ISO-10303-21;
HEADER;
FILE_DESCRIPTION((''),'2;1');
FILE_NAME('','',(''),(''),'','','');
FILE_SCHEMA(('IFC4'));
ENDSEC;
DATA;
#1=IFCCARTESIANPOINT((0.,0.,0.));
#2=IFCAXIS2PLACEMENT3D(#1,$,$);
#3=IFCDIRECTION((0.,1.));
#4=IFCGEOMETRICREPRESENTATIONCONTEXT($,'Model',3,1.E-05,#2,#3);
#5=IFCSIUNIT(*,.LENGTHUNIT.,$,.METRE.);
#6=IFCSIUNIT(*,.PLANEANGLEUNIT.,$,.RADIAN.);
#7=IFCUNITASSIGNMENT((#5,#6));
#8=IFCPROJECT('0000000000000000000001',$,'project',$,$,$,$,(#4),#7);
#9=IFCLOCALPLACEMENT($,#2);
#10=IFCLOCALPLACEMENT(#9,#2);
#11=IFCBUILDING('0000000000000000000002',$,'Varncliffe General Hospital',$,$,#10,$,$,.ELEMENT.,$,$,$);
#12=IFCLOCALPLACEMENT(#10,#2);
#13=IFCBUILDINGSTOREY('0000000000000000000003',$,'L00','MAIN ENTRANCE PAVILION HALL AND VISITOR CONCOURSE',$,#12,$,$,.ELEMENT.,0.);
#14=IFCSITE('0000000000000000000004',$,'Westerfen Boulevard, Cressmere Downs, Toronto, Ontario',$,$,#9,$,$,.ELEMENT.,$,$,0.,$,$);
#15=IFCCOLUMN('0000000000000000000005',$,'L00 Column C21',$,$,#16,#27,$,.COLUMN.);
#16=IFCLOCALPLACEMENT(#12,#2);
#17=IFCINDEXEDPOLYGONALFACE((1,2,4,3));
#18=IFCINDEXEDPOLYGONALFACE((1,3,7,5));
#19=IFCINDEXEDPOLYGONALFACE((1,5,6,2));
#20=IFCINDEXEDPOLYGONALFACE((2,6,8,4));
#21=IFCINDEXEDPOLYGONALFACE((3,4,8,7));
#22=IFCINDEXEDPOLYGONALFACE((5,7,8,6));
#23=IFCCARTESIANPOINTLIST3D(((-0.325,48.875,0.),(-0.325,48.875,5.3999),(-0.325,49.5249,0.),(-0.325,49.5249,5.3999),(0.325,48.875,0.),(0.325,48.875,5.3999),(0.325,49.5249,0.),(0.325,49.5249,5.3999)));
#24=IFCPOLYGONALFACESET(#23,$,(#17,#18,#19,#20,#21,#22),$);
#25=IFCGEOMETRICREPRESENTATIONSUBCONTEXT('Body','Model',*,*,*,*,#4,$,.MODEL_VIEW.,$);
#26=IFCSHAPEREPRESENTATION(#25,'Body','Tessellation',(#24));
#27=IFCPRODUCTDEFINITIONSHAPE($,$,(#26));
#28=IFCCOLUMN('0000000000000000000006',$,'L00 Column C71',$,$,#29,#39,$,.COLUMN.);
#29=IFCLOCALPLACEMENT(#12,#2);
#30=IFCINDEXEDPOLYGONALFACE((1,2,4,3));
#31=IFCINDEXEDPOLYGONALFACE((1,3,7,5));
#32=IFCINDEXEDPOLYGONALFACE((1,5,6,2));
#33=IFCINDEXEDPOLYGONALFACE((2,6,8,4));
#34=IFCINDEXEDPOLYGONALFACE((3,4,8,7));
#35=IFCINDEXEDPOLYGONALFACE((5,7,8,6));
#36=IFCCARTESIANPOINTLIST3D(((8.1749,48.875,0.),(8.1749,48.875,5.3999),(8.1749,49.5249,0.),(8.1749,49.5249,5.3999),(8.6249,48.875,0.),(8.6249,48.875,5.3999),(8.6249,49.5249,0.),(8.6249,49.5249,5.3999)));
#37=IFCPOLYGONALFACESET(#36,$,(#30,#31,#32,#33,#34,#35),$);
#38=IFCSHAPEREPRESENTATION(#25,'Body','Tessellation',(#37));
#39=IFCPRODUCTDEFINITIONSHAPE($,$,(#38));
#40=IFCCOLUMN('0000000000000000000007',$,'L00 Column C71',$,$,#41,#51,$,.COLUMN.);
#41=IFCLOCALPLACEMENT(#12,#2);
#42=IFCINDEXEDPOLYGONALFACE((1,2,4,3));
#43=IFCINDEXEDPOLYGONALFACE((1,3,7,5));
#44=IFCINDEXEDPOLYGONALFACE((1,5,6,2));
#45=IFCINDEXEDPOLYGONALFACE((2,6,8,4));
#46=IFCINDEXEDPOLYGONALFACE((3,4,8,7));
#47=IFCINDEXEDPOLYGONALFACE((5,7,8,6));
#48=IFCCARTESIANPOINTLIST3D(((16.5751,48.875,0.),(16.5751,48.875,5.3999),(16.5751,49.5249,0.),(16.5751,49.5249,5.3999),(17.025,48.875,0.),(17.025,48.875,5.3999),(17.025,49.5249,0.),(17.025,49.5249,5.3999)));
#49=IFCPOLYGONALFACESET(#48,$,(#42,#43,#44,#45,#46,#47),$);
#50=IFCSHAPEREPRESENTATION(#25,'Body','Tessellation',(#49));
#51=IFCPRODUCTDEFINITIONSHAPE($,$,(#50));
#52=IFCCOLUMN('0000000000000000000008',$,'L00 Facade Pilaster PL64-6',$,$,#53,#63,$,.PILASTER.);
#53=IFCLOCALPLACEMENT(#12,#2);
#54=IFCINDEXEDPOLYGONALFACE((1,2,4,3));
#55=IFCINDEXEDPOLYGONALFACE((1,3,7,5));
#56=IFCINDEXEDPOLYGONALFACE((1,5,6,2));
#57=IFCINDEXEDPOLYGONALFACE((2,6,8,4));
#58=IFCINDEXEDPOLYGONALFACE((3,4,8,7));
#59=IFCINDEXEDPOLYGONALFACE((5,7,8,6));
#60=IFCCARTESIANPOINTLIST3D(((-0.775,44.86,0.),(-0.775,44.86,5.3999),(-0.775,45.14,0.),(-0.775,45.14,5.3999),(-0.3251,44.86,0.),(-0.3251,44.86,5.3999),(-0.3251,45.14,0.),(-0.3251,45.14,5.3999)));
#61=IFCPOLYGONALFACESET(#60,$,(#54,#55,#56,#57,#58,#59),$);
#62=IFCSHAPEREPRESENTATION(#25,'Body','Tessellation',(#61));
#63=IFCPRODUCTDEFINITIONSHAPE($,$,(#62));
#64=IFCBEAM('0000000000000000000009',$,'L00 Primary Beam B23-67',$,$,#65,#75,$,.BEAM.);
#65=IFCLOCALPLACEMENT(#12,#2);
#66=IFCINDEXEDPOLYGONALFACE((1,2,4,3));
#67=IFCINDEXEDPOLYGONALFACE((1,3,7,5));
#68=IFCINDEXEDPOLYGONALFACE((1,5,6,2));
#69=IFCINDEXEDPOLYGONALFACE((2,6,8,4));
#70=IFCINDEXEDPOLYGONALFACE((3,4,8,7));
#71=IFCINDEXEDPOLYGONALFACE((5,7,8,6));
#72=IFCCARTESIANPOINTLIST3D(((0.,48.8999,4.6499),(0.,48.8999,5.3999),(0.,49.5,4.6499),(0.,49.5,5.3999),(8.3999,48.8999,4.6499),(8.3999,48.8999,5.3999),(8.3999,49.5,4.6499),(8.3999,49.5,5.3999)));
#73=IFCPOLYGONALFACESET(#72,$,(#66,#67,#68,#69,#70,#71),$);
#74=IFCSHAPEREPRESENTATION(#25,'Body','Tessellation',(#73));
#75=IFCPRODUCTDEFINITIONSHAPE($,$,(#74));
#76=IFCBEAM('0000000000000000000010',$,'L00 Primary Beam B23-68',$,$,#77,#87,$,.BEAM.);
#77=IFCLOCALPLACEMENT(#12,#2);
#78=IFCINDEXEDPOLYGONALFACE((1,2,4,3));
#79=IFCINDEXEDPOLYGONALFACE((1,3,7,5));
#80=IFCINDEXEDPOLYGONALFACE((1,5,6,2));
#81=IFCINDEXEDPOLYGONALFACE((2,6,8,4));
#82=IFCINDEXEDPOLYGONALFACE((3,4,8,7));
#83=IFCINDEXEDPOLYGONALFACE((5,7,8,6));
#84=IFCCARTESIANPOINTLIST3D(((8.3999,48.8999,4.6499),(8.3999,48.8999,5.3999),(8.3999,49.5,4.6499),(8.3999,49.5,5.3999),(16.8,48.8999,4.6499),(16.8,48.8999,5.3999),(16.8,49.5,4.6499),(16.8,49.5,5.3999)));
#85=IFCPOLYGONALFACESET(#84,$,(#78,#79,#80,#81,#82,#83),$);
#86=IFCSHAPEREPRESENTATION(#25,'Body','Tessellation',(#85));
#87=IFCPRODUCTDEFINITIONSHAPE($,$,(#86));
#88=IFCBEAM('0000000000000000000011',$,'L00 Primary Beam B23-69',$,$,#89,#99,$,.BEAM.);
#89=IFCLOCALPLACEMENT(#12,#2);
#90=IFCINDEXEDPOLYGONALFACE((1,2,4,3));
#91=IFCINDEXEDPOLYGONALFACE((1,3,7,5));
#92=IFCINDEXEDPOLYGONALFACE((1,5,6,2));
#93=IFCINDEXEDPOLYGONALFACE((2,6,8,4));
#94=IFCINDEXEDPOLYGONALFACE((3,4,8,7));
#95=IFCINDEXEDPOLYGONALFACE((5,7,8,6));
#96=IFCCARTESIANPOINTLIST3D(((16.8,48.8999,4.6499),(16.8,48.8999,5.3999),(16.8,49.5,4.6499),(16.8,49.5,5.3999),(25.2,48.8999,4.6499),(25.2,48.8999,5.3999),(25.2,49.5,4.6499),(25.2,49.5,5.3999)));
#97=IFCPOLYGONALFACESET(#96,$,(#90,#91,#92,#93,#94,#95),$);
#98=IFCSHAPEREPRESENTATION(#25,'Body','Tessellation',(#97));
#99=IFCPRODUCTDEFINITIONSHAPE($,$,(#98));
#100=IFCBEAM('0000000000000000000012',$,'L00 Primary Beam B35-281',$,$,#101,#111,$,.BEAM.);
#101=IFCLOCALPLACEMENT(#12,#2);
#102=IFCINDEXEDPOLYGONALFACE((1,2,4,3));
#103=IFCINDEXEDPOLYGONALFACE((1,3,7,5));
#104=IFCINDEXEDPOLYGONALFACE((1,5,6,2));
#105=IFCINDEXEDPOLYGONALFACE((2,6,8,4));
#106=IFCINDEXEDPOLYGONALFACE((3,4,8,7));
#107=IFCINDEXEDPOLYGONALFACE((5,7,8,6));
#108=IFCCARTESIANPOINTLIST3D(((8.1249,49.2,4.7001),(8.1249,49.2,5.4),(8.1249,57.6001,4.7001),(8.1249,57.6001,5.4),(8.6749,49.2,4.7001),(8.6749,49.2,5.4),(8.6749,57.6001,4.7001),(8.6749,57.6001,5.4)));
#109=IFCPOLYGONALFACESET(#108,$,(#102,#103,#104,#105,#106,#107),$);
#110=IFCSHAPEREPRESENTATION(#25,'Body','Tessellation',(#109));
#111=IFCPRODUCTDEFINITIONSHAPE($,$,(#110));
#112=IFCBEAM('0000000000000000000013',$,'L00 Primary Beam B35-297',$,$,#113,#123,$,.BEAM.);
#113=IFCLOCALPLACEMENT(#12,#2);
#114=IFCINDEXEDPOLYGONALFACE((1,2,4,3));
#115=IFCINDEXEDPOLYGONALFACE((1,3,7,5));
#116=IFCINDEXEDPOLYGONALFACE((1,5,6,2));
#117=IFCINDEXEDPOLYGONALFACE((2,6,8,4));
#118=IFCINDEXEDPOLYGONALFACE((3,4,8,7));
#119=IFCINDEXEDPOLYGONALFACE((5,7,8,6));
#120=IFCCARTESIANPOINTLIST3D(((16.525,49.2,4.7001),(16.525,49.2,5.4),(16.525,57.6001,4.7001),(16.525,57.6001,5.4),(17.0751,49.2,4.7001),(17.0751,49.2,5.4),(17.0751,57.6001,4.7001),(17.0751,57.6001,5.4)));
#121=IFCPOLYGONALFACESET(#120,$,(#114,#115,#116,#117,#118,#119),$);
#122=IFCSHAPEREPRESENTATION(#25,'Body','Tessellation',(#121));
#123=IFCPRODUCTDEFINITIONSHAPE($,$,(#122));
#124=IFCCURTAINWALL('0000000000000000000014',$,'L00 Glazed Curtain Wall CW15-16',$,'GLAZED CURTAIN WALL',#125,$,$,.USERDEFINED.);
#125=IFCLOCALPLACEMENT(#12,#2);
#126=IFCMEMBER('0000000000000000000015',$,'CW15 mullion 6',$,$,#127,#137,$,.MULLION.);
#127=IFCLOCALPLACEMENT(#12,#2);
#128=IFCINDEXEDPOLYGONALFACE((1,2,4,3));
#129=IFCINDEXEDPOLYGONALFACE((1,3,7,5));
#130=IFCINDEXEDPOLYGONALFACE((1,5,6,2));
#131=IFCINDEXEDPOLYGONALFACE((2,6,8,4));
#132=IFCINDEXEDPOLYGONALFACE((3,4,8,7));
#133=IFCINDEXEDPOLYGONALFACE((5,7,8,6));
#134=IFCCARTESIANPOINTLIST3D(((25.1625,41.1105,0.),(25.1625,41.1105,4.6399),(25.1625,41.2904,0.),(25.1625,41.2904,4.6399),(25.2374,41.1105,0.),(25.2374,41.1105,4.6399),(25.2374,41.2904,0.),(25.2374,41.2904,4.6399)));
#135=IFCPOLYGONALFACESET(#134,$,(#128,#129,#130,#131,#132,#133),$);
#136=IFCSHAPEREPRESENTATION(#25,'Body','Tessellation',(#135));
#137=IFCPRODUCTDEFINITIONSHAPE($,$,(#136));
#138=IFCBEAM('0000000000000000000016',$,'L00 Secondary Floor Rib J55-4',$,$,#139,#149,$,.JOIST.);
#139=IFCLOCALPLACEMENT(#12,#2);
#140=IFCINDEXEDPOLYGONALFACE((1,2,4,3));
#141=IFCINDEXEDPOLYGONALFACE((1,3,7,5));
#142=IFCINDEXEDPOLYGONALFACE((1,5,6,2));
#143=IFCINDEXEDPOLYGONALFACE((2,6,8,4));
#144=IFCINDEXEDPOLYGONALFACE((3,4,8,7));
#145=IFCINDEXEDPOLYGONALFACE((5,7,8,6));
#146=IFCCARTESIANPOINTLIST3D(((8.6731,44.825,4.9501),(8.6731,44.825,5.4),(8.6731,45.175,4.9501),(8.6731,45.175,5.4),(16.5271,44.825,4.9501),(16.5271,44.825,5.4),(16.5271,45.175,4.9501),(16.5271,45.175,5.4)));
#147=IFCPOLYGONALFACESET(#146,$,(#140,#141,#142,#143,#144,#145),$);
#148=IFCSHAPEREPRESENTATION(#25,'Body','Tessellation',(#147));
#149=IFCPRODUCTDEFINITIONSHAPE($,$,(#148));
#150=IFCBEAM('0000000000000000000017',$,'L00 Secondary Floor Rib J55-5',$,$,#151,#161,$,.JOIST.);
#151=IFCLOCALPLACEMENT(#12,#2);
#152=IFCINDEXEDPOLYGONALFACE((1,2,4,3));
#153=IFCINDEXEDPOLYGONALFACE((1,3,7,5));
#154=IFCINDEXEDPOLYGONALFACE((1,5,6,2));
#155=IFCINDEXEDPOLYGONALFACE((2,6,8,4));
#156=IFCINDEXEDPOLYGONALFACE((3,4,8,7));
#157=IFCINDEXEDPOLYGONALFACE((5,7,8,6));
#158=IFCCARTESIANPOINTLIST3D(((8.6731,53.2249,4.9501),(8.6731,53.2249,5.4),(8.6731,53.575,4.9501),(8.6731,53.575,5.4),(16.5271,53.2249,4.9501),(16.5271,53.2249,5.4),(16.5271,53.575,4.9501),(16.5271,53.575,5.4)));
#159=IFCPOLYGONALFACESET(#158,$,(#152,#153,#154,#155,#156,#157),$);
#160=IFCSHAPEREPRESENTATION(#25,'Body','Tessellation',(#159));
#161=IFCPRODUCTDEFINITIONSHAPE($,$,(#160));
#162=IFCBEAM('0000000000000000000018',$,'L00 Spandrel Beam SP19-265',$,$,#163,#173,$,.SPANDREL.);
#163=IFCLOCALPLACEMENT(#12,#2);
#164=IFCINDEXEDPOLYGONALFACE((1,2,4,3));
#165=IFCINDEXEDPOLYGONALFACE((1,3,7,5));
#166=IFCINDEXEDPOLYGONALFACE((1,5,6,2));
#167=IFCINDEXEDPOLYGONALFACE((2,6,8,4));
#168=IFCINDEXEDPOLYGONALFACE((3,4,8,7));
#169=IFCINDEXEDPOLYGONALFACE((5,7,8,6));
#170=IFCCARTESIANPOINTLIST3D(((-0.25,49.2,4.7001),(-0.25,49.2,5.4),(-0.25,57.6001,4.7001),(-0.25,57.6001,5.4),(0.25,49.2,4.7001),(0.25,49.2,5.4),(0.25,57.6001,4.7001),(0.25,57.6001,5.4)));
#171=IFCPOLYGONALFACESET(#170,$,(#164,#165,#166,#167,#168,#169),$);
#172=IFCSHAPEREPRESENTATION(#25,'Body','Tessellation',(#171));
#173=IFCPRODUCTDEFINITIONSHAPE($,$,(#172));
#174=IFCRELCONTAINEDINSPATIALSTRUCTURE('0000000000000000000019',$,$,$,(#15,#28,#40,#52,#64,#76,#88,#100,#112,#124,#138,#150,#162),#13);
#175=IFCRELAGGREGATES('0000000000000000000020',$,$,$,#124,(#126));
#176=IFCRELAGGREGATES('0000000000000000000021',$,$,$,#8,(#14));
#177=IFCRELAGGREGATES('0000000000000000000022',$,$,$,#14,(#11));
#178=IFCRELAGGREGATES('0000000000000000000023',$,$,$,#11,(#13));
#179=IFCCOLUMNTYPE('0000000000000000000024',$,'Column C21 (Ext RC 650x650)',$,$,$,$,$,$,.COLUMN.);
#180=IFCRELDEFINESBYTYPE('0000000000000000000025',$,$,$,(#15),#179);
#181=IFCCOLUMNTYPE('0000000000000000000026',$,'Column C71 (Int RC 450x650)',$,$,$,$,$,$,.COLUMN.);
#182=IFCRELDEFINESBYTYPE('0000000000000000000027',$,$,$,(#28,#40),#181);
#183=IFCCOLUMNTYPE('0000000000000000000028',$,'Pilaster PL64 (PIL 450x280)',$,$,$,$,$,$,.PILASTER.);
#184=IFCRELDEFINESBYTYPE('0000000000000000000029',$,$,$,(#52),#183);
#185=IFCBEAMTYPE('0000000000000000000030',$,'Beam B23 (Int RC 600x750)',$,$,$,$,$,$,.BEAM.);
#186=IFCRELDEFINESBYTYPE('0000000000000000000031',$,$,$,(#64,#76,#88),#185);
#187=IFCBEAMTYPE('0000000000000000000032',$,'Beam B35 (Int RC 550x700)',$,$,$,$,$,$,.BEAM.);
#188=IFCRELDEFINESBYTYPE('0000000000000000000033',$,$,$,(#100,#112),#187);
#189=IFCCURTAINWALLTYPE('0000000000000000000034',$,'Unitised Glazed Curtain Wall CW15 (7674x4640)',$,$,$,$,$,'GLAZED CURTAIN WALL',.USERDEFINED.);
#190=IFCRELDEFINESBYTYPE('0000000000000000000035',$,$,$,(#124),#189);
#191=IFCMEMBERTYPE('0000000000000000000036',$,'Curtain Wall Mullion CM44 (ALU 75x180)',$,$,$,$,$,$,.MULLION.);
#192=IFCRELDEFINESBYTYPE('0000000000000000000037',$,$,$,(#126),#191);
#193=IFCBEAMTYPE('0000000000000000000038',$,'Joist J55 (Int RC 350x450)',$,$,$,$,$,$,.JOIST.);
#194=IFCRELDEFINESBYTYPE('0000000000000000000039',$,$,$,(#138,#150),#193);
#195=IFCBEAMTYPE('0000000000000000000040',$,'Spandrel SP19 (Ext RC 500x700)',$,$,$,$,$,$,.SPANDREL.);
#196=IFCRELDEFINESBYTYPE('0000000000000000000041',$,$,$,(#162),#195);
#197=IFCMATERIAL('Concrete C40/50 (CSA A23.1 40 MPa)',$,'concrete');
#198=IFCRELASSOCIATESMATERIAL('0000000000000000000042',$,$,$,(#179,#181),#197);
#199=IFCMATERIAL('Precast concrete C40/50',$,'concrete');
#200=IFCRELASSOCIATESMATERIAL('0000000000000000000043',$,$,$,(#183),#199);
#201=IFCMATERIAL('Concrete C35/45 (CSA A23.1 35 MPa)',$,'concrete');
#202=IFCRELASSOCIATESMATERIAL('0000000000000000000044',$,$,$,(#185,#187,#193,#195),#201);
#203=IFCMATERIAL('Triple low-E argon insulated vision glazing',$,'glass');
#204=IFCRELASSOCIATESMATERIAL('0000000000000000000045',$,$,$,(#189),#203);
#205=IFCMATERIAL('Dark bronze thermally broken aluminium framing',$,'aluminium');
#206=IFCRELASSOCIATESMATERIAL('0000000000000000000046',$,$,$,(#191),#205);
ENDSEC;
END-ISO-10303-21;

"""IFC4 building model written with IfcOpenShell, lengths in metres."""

from ifc_helpers import new_model, si_unit, direction, frame, origin, origin_2d, place, context, subcontext, project, spatial, rectangle, extrude, material, material_profile, profile_set, type_object, element, aggregate, save


model = new_model("IFC4")

# Units and contexts
model_context = context("Model", 3, precision=1e-05, world=origin(), true_north=direction((0.0, 1.0)))
body_context = subcontext(model_context, "Body", "Model", "MODEL_VIEW")
ifc_project = project(units=[si_unit("LENGTHUNIT", "METRE"), si_unit("PLANEANGLEUNIT", "RADIAN")], contexts=[model_context])

# Site, building, storey
site_placement = place(None, origin())
site = spatial("IfcSite", under=ifc_project, at=site_placement, Name="Westerfen Boulevard, Cressmere Downs, Toronto, Ontario", CompositionType="ELEMENT", RefElevation=0.0)
building_placement = place(site_placement, origin())
building = spatial("IfcBuilding", under=site, at=building_placement, Name="Varncliffe General Hospital", CompositionType="ELEMENT")
storey_placement = place(building_placement, origin())
storey = spatial("IfcBuildingStorey", under=building, at=storey_placement, Name="L00", Description="MAIN ENTRANCE PAVILION HALL AND VISITOR CONCOURSE", CompositionType="ELEMENT", Elevation=0.0)

# Columns
ifc_material_1 = material(Name="Concrete C40/50 (CSA A23.1 40 MPa)", Category="concrete")
ifc_material_profile_1 = material_profile(ifc_material_1, rectangle(XDim=0.6499, YDim=0.6499, at=origin_2d()), Name="RC 650x650")
ifc_profile_set_1 = profile_set([ifc_material_profile_1], Name="Concrete C40/50 (CSA A23.1 40 MPa)")
column_type_1 = type_object("IfcColumnType", Name="Column C21 (Ext RC 650x650)", PredefinedType="COLUMN", material=ifc_profile_set_1)
column_1_placement = place(storey_placement, frame((0.0, 49.2, 0.0), z_axis=(0.0, 0.0, 1.0), x_axis=(1.0, 0.0, 0.0)))
element("IfcColumn", 1, at=column_1_placement, inside=storey, type_object=column_type_1, Name="L00 Column C21", PredefinedType="COLUMN", context=body_context, shape_type="SweptSolid", body=[
    extrude(rectangle(XDim=0.6499, YDim=0.6499, at=origin_2d()), origin(), (0.0, 0.0, 1.0), 5.3999),
])
ifc_material_profile_2 = material_profile(ifc_material_1, rectangle(XDim=0.45, YDim=0.6499, at=origin_2d()), Name="RC 450x650")
ifc_profile_set_2 = profile_set([ifc_material_profile_2], Name="Concrete C40/50 (CSA A23.1 40 MPa)")
column_type_2 = type_object("IfcColumnType", Name="Column C71 (Int RC 450x650)", PredefinedType="COLUMN", material=ifc_profile_set_2)
for number, where, z_axis, x_axis, name in (
    (2, (8.3999, 49.2, 0.0), (0.0, 0.0, 1.0), (1.0, 0.0, 0.0), "L00 Column C71"),
    (3, (16.8, 49.2, 0.0), (0.0, 0.0, 1.0), (1.0, 0.0, 0.0), "L00 Column C71"),
):
    element("IfcColumn", number, at=place(storey_placement, frame(where, z_axis=z_axis, x_axis=x_axis)), inside=storey, type_object=column_type_2, Name=name, PredefinedType="COLUMN", context=body_context, shape_type="SweptSolid", body=[
        extrude(rectangle(XDim=0.45, YDim=0.6499, at=origin_2d()), origin(), (0.0, 0.0, 1.0), 5.3999),
    ])
ifc_material_2 = material(Name="Precast concrete C40/50", Category="concrete")
ifc_material_profile_3 = material_profile(ifc_material_2, rectangle(XDim=0.45, YDim=0.28, at=origin_2d()), Name="PIL 450x280")
ifc_profile_set_3 = profile_set([ifc_material_profile_3], Name="Precast concrete C40/50")
column_type_3 = type_object("IfcColumnType", Name="Pilaster PL64 (PIL 450x280)", PredefinedType="PILASTER", material=ifc_profile_set_3)
column_2_placement = place(storey_placement, frame((-0.55, 45.0, 0.0), z_axis=(0.0, 0.0, 1.0), x_axis=(1.0, 0.0, 0.0)))
element("IfcColumn", 4, at=column_2_placement, inside=storey, type_object=column_type_3, Name="L00 Facade Pilaster PL64-6", PredefinedType="PILASTER", context=body_context, shape_type="SweptSolid", body=[
    extrude(rectangle(XDim=0.45, YDim=0.28, at=origin_2d()), origin(), (0.0, 0.0, 1.0), 5.3999),
])

# Beams
ifc_material_3 = material(Name="Concrete C35/45 (CSA A23.1 35 MPa)", Category="concrete")
ifc_material_profile_4 = material_profile(ifc_material_3, rectangle(XDim=0.6001, YDim=0.75, at=origin_2d()), Name="RC 600x750")
ifc_profile_set_4 = profile_set([ifc_material_profile_4], Name="Concrete C35/45 (CSA A23.1 35 MPa)")
beam_type_1 = type_object("IfcBeamType", Name="Beam B23 (Int RC 600x750)", PredefinedType="BEAM", material=ifc_profile_set_4)
beam_1_placement = place(storey_placement, frame((0.0, 49.2, 5.0249), z_axis=(1.0, 0.0, 0.0), x_axis=(0.0, 1.0, 0.0)))
element("IfcBeam", 5, at=beam_1_placement, inside=storey, type_object=beam_type_1, Name="L00 Primary Beam B23-67", PredefinedType="BEAM", context=body_context, shape_type="SweptSolid", body=[
    extrude(rectangle(XDim=0.6001, YDim=0.75, at=origin_2d()), origin(), (0.0, 0.0, 1.0), 8.3999),
])
beam_2_placement = place(storey_placement, frame((8.3999, 49.2, 5.0249), z_axis=(1.0, 0.0, 0.0), x_axis=(0.0, 1.0, 0.0)))
element("IfcBeam", 6, at=beam_2_placement, inside=storey, type_object=beam_type_1, Name="L00 Primary Beam B23-68", PredefinedType="BEAM", context=body_context, shape_type="SweptSolid", body=[
    extrude(rectangle(XDim=0.6001, YDim=0.75, at=origin_2d()), origin(), (0.0, 0.0, 1.0), 8.4001),
])
beam_3_placement = place(storey_placement, frame((16.8, 49.2, 5.0249), z_axis=(1.0, 0.0, 0.0), x_axis=(0.0, 1.0, 0.0)))
element("IfcBeam", 7, at=beam_3_placement, inside=storey, type_object=beam_type_1, Name="L00 Primary Beam B23-69", PredefinedType="BEAM", context=body_context, shape_type="SweptSolid", body=[
    extrude(rectangle(XDim=0.6001, YDim=0.75, at=origin_2d()), origin(), (0.0, 0.0, 1.0), 8.3999),
])
ifc_material_profile_5 = material_profile(ifc_material_3, rectangle(XDim=0.55, YDim=0.7, at=origin_2d()), Name="RC 550x700")
ifc_profile_set_5 = profile_set([ifc_material_profile_5], Name="Concrete C35/45 (CSA A23.1 35 MPa)")
beam_type_2 = type_object("IfcBeamType", Name="Beam B35 (Int RC 550x700)", PredefinedType="BEAM", material=ifc_profile_set_5)
for number, where, z_axis, x_axis, name in (
    (8, (8.3999, 49.2, 5.05), (0.0, 1.0, 0.0), (-1.0, 0.0, 0.0), "L00 Primary Beam B35-281"),
    (9, (16.8, 49.2, 5.05), (0.0, 1.0, 0.0), (-1.0, 0.0, 0.0), "L00 Primary Beam B35-297"),
):
    element("IfcBeam", number, at=place(storey_placement, frame(where, z_axis=z_axis, x_axis=x_axis)), inside=storey, type_object=beam_type_2, Name=name, PredefinedType="BEAM", context=body_context, shape_type="SweptSolid", body=[
        extrude(rectangle(XDim=0.55, YDim=0.7, at=origin_2d()), origin(), (0.0, 0.0, 1.0), 8.4001),
    ])

# Curtain wall, member
ifc_material_4 = material(Name="Triple low-E argon insulated vision glazing", Category="glass")
curtain_wall_type = type_object("IfcCurtainWallType", Name="Unitised Glazed Curtain Wall CW15 (7674x4640)", ElementType="GLAZED CURTAIN WALL", PredefinedType="USERDEFINED", material=ifc_material_4)
curtain_wall_placement = place(storey_placement, origin())
curtain_wall = element("IfcCurtainWall", 10, at=curtain_wall_placement, inside=storey, type_object=curtain_wall_type, Name="L00 Glazed Curtain Wall CW15-16", ObjectType="GLAZED CURTAIN WALL", PredefinedType="USERDEFINED")
ifc_material_5 = material(Name="Dark bronze thermally broken aluminium framing", Category="aluminium")
ifc_material_profile_6 = material_profile(ifc_material_5, rectangle(XDim=0.075, YDim=0.1799, at=origin_2d()), Name="ALU 75x180")
ifc_profile_set_6 = profile_set([ifc_material_profile_6], Name="Dark bronze thermally broken aluminium framing")
member_type = type_object("IfcMemberType", Name="Curtain Wall Mullion CM44 (ALU 75x180)", PredefinedType="MULLION", material=ifc_profile_set_6)
member_placement = place(storey_placement, frame((25.2, 41.2004, 0.0), z_axis=(0.0, 0.0, 1.0), x_axis=(1.0, 0.0, 0.0)))
member = element("IfcMember", 11, at=member_placement, type_object=member_type, Name="CW15 mullion 6", PredefinedType="MULLION", context=body_context, shape_type="SweptSolid", body=[
    extrude(rectangle(XDim=0.075, YDim=0.1799, at=origin_2d()), origin(), (0.0, 0.0, 1.0), 4.6399),
])
aggregate(curtain_wall, [member])

# Beams
ifc_material_profile_7 = material_profile(ifc_material_3, rectangle(XDim=0.3501, YDim=0.45, at=origin_2d()), Name="RC 350x450")
ifc_profile_set_7 = profile_set([ifc_material_profile_7], Name="Concrete C35/45 (CSA A23.1 35 MPa)")
beam_type_3 = type_object("IfcBeamType", Name="Joist J55 (Int RC 350x450)", PredefinedType="JOIST", material=ifc_profile_set_7)
for number, where, z_axis, x_axis, name in (
    (12, (8.6731, 45.0, 5.175), (1.0, 0.0, 0.0), (0.0, 1.0, 0.0), "L00 Secondary Floor Rib J55-4"),
    (13, (8.6731, 53.3999, 5.175), (1.0, 0.0, 0.0), (0.0, 1.0, 0.0), "L00 Secondary Floor Rib J55-5"),
):
    element("IfcBeam", number, at=place(storey_placement, frame(where, z_axis=z_axis, x_axis=x_axis)), inside=storey, type_object=beam_type_3, Name=name, PredefinedType="JOIST", context=body_context, shape_type="SweptSolid", body=[
        extrude(rectangle(XDim=0.3501, YDim=0.45, at=origin_2d()), origin(), (0.0, 0.0, 1.0), 7.854),
    ])
ifc_material_profile_8 = material_profile(ifc_material_3, rectangle(XDim=0.5, YDim=0.7, at=origin_2d()), Name="RC 500x700")
ifc_profile_set_8 = profile_set([ifc_material_profile_8], Name="Concrete C35/45 (CSA A23.1 35 MPa)")
beam_type_4 = type_object("IfcBeamType", Name="Spandrel SP19 (Ext RC 500x700)", PredefinedType="SPANDREL", material=ifc_profile_set_8)
beam_4_placement = place(storey_placement, frame((0.0, 49.2, 5.05), z_axis=(0.0, 1.0, 0.0), x_axis=(-1.0, 0.0, 0.0)))
element("IfcBeam", 14, at=beam_4_placement, inside=storey, type_object=beam_type_4, Name="L00 Spandrel Beam SP19-265", PredefinedType="SPANDREL", context=body_context, shape_type="SweptSolid", body=[
    extrude(rectangle(XDim=0.5, YDim=0.7, at=origin_2d()), origin(), (0.0, 0.0, 1.0), 8.4001),
])

save(model, "model.ifc")
